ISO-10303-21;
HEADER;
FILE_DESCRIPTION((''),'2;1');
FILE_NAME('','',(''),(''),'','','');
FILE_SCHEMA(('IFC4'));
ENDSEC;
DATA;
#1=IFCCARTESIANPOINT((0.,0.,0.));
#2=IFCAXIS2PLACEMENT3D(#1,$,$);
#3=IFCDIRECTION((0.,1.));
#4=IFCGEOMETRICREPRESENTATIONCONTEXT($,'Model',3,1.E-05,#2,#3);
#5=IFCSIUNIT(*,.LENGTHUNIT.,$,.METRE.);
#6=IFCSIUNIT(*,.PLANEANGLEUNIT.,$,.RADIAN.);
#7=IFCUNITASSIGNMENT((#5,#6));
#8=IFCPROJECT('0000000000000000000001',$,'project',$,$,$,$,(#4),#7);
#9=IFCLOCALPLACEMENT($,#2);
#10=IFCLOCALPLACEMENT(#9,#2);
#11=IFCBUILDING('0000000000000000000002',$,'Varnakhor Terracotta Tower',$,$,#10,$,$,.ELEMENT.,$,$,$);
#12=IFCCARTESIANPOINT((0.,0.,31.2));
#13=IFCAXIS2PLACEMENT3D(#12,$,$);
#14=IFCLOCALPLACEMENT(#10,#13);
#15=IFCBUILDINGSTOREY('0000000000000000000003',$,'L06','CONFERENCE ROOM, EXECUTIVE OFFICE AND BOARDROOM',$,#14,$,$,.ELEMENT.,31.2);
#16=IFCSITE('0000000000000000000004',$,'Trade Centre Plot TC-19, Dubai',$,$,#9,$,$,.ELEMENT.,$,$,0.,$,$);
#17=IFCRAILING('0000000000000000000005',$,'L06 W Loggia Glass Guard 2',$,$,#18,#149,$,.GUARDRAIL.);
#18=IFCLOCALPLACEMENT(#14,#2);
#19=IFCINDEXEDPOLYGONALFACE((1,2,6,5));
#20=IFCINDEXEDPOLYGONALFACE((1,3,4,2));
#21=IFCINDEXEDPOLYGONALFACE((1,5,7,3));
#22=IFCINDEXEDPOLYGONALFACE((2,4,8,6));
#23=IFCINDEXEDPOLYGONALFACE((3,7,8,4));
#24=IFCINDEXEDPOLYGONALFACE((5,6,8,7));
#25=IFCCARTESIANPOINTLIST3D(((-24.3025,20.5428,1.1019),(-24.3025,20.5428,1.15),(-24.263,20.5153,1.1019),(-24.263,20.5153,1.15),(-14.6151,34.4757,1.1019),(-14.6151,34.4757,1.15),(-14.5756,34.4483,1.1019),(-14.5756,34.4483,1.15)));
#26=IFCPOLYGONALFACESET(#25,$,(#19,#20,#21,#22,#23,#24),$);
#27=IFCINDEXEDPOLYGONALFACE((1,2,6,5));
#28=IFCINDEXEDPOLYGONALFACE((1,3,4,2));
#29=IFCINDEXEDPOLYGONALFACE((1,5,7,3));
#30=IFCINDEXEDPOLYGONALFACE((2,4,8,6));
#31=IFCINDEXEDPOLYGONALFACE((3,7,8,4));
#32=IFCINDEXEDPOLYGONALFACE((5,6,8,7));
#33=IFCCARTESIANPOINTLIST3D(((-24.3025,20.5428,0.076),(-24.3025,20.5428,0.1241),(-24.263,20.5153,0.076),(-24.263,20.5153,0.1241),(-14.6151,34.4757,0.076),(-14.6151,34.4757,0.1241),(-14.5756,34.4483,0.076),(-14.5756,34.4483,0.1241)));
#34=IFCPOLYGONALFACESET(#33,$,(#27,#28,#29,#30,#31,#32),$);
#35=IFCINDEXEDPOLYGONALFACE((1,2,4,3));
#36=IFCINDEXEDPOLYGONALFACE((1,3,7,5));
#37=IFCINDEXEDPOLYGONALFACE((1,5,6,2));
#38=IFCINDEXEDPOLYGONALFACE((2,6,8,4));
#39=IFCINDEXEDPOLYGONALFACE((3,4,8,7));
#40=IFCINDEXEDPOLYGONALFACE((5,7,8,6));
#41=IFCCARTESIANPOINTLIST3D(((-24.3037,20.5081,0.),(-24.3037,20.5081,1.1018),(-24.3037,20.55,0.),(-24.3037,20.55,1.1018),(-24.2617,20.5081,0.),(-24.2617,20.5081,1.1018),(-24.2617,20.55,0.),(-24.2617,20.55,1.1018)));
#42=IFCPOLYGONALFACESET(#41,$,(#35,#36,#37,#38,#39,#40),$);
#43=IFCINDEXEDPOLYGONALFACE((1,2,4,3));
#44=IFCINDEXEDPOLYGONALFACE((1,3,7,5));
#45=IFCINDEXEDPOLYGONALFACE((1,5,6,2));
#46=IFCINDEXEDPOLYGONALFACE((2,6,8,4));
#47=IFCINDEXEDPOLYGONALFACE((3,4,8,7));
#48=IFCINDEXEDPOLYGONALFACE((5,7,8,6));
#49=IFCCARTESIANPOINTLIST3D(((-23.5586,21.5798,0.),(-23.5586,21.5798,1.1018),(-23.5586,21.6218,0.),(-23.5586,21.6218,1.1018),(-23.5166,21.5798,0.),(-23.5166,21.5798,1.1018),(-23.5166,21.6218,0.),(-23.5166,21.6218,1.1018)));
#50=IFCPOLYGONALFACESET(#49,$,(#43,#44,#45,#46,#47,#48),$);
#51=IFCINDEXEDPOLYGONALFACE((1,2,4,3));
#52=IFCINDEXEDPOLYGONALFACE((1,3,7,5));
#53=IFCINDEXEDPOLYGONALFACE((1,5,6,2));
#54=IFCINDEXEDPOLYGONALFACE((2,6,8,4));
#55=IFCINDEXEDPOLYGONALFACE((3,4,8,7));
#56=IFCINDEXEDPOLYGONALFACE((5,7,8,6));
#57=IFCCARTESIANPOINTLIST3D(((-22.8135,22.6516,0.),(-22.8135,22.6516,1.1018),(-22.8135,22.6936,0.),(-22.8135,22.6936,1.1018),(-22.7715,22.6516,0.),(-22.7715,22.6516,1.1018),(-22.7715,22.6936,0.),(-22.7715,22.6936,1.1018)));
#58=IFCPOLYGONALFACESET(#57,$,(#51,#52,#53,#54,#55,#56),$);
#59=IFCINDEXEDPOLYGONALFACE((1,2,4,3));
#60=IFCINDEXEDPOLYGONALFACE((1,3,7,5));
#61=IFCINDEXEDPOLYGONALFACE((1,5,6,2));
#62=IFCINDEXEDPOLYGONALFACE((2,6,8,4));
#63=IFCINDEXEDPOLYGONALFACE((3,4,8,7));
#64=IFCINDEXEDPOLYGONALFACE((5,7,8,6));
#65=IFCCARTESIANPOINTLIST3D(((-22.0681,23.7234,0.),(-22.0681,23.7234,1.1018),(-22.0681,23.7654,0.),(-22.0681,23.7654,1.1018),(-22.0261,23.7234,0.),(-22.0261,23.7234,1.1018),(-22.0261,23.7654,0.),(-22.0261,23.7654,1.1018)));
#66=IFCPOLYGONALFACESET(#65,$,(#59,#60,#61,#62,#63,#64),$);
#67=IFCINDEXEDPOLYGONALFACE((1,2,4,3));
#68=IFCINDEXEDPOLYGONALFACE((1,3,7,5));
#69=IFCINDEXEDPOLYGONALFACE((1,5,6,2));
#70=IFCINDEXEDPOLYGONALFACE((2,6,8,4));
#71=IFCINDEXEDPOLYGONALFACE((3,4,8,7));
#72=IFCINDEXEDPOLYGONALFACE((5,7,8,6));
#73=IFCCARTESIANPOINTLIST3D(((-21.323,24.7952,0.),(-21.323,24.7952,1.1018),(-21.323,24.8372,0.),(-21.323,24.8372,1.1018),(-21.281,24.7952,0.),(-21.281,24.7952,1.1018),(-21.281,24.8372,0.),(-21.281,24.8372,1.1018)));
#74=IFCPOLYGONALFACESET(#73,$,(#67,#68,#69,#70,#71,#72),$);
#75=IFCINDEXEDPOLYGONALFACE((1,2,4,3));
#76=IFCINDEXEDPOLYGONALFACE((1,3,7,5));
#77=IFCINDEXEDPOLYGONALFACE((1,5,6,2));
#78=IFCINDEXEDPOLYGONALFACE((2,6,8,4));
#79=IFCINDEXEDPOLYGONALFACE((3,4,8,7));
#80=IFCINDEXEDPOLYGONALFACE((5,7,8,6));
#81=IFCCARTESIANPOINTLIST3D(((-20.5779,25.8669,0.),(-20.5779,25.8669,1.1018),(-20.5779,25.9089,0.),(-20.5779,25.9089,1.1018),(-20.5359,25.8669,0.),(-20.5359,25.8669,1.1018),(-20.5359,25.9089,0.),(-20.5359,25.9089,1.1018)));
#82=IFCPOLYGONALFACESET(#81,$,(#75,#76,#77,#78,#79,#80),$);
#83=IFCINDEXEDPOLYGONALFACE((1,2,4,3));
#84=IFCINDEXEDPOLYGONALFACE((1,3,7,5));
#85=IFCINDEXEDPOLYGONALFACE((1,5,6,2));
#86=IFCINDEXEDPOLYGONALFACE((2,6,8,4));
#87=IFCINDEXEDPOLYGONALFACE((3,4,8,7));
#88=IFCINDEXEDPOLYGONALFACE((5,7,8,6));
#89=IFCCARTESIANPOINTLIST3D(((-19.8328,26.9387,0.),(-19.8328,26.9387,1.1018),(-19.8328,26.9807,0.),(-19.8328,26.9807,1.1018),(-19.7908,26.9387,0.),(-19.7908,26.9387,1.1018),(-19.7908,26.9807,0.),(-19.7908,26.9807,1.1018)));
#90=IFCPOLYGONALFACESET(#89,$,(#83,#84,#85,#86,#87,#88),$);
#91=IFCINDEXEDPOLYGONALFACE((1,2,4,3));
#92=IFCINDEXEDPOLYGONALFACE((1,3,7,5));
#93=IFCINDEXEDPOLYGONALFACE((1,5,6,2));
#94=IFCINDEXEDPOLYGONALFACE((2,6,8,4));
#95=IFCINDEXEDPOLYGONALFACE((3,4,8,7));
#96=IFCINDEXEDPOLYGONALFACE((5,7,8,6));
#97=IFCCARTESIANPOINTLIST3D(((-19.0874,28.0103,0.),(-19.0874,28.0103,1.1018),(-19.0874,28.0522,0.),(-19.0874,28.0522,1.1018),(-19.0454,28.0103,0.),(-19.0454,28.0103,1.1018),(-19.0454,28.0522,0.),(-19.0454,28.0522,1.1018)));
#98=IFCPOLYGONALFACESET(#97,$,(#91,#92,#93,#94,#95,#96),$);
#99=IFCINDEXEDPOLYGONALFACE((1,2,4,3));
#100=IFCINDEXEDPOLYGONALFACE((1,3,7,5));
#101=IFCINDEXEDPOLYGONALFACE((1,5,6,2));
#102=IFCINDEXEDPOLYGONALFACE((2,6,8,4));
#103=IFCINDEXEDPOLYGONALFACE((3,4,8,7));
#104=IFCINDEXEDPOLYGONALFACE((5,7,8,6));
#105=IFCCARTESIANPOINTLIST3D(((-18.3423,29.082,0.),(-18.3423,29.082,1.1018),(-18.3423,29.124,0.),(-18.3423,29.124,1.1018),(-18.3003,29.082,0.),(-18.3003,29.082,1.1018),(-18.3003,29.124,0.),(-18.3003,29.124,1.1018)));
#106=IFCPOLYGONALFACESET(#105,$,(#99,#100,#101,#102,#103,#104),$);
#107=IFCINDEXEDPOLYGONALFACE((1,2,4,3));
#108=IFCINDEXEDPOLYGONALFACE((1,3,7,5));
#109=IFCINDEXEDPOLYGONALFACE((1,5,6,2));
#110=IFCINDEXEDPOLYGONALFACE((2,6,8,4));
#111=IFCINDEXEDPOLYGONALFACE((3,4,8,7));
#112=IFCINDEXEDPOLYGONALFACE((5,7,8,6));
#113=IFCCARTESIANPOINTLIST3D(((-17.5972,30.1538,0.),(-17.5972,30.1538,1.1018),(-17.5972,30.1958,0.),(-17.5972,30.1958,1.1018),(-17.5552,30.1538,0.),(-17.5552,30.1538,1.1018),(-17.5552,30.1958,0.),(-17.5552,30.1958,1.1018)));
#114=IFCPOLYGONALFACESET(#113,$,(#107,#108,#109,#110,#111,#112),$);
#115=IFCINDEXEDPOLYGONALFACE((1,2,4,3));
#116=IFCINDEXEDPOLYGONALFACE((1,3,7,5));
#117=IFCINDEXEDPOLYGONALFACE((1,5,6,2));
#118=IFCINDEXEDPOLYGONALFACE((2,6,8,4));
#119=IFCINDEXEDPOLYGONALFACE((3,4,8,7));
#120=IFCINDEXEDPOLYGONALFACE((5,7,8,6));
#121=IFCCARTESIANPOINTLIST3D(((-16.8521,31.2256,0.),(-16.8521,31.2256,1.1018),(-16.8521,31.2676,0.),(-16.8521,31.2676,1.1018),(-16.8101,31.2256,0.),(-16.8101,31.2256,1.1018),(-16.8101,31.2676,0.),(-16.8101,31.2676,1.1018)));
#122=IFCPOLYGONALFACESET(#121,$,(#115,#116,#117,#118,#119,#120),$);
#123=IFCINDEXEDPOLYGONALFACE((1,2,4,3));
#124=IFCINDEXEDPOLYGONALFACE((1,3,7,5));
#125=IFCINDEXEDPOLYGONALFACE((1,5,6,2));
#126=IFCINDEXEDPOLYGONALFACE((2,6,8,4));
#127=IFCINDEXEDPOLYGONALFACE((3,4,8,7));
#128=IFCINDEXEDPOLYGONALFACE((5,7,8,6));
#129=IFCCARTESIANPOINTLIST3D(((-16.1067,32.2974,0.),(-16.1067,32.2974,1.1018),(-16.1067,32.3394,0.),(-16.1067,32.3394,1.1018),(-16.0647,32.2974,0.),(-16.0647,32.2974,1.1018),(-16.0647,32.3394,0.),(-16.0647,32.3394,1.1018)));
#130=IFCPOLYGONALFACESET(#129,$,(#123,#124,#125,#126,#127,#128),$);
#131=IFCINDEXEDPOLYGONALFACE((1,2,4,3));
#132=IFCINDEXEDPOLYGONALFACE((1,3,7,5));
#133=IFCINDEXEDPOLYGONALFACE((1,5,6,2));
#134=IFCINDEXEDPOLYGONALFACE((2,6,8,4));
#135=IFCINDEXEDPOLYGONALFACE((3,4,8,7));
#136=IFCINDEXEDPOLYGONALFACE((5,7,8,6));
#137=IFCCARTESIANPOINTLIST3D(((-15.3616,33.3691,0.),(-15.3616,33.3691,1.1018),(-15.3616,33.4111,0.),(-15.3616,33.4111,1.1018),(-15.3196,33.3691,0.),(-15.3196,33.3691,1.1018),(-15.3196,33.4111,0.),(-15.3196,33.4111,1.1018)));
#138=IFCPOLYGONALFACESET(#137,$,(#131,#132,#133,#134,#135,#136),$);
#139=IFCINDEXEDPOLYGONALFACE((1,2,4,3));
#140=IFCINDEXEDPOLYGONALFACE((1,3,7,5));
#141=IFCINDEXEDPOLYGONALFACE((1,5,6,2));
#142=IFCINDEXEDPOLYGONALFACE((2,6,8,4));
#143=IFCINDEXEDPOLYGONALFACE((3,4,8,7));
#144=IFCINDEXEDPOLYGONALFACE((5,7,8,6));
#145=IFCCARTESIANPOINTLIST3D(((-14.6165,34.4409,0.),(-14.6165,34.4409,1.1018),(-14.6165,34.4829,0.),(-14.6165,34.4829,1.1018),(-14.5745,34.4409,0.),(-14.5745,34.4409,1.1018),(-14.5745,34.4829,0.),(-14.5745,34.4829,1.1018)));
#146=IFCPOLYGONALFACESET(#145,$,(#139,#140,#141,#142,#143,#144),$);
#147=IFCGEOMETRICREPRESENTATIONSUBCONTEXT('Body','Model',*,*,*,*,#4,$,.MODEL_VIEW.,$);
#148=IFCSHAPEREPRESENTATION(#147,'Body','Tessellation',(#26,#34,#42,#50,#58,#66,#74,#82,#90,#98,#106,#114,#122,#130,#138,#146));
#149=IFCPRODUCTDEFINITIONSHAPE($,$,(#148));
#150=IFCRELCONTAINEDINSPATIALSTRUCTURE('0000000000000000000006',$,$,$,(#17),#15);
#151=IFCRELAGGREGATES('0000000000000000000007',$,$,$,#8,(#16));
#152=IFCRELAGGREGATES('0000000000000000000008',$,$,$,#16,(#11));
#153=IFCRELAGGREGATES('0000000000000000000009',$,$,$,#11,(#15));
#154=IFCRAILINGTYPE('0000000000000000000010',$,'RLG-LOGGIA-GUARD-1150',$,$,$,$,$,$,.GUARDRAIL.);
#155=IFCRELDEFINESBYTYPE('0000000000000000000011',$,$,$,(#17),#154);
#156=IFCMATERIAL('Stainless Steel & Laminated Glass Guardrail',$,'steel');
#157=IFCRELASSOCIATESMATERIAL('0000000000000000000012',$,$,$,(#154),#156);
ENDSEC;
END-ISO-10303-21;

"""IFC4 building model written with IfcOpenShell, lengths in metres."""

from ifc_helpers import new_model, si_unit, direction, frame, origin, origin_2d, place, context, subcontext, project, spatial, rectangle, extrude, material, type_object, element, save


model = new_model("IFC4")

# Units and contexts
model_context = context("Model", 3, precision=1e-05, world=origin(), true_north=direction((0.0, 1.0)))
body_context = subcontext(model_context, "Body", "Model", "MODEL_VIEW")
ifc_project = project(units=[si_unit("LENGTHUNIT", "METRE"), si_unit("PLANEANGLEUNIT", "RADIAN")], contexts=[model_context])

# Site, building, storey
site_placement = place(None, origin())
site = spatial("IfcSite", under=ifc_project, at=site_placement, Name="Trade Centre Plot TC-19, Dubai", CompositionType="ELEMENT", RefElevation=0.0)
building_placement = place(site_placement, origin())
building = spatial("IfcBuilding", under=site, at=building_placement, Name="Varnakhor Terracotta Tower", CompositionType="ELEMENT")
storey_placement = place(building_placement, frame((0.0, 0.0, 31.2)))
storey = spatial("IfcBuildingStorey", under=building, at=storey_placement, Name="L06", Description="CONFERENCE ROOM, EXECUTIVE OFFICE AND BOARDROOM", CompositionType="ELEMENT", Elevation=31.2)

# Railing
ifc_material_1 = material(Name="Stainless Steel & Laminated Glass Guardrail", Category="steel")
railing_type = type_object("IfcRailingType", Name="RLG-LOGGIA-GUARD-1150", PredefinedType="GUARDRAIL", material=ifc_material_1)
railing_1_placement = place(storey_placement, frame((-24.2827, 20.5291, 0.0)))
element("IfcRailing", 1, at=railing_1_placement, inside=storey, type_object=railing_type, Name="L06 W Loggia Glass Guard 2", PredefinedType="GUARDRAIL", context=body_context, shape_type="SweptSolid", body=[
    extrude(rectangle(XDim=0.0481, YDim=0.0481, at=origin_2d()), frame((0.0, 0.0, 1.126), z_axis=(0.570859, 0.821048, 0.0), x_axis=(-0.821048, 0.570859, 0.0)), (0.0, 0.0, 1.0), 16.9697),
    extrude(rectangle(XDim=0.0481, YDim=0.0481, at=origin_2d()), frame((0.0, 0.0, 0.1001), z_axis=(0.570859, 0.821048, 0.0), x_axis=(-0.821048, 0.570859, 0.0)), (0.0, 0.0, 1.0), 16.9697),
    extrude(rectangle(XDim=0.042, YDim=0.042, at=origin_2d()), origin(), (0.0, 0.0, 1.0), 1.1018),
    extrude(rectangle(XDim=0.042, YDim=0.042, at=origin_2d()), frame((0.7451, 1.0718, 0.0)), (0.0, 0.0, 1.0), 1.1018),
    extrude(rectangle(XDim=0.042, YDim=0.042, at=origin_2d()), frame((1.4902, 2.1436, 0.0)), (0.0, 0.0, 1.0), 1.1018),
    extrude(rectangle(XDim=0.042, YDim=0.042, at=origin_2d()), frame((2.2356, 3.2153, 0.0)), (0.0, 0.0, 1.0), 1.1018),
    extrude(rectangle(XDim=0.042, YDim=0.042, at=origin_2d()), frame((2.9807, 4.2871, 0.0)), (0.0, 0.0, 1.0), 1.1018),
    extrude(rectangle(XDim=0.042, YDim=0.042, at=origin_2d()), frame((3.7258, 5.3589, 0.0)), (0.0, 0.0, 1.0), 1.1018),
    extrude(rectangle(XDim=0.042, YDim=0.042, at=origin_2d()), frame((4.4709, 6.4307, 0.0)), (0.0, 0.0, 1.0), 1.1018),
    extrude(rectangle(XDim=0.042, YDim=0.042, at=origin_2d()), frame((5.2163, 7.5022, 0.0)), (0.0, 0.0, 1.0), 1.1018),
    extrude(rectangle(XDim=0.042, YDim=0.042, at=origin_2d()), frame((5.9614, 8.574, 0.0)), (0.0, 0.0, 1.0), 1.1018),
    extrude(rectangle(XDim=0.042, YDim=0.042, at=origin_2d()), frame((6.7065, 9.6458, 0.0)), (0.0, 0.0, 1.0), 1.1018),
    extrude(rectangle(XDim=0.042, YDim=0.042, at=origin_2d()), frame((7.4517, 10.7175, 0.0)), (0.0, 0.0, 1.0), 1.1018),
    extrude(rectangle(XDim=0.042, YDim=0.042, at=origin_2d()), frame((8.197, 11.7893, 0.0)), (0.0, 0.0, 1.0), 1.1018),
    extrude(rectangle(XDim=0.042, YDim=0.042, at=origin_2d()), frame((8.9421, 12.8611, 0.0)), (0.0, 0.0, 1.0), 1.1018),
    extrude(rectangle(XDim=0.042, YDim=0.042, at=origin_2d()), frame((9.6873, 13.9329, 0.0)), (0.0, 0.0, 1.0), 1.1018),
])

save(model, "model.ifc")
